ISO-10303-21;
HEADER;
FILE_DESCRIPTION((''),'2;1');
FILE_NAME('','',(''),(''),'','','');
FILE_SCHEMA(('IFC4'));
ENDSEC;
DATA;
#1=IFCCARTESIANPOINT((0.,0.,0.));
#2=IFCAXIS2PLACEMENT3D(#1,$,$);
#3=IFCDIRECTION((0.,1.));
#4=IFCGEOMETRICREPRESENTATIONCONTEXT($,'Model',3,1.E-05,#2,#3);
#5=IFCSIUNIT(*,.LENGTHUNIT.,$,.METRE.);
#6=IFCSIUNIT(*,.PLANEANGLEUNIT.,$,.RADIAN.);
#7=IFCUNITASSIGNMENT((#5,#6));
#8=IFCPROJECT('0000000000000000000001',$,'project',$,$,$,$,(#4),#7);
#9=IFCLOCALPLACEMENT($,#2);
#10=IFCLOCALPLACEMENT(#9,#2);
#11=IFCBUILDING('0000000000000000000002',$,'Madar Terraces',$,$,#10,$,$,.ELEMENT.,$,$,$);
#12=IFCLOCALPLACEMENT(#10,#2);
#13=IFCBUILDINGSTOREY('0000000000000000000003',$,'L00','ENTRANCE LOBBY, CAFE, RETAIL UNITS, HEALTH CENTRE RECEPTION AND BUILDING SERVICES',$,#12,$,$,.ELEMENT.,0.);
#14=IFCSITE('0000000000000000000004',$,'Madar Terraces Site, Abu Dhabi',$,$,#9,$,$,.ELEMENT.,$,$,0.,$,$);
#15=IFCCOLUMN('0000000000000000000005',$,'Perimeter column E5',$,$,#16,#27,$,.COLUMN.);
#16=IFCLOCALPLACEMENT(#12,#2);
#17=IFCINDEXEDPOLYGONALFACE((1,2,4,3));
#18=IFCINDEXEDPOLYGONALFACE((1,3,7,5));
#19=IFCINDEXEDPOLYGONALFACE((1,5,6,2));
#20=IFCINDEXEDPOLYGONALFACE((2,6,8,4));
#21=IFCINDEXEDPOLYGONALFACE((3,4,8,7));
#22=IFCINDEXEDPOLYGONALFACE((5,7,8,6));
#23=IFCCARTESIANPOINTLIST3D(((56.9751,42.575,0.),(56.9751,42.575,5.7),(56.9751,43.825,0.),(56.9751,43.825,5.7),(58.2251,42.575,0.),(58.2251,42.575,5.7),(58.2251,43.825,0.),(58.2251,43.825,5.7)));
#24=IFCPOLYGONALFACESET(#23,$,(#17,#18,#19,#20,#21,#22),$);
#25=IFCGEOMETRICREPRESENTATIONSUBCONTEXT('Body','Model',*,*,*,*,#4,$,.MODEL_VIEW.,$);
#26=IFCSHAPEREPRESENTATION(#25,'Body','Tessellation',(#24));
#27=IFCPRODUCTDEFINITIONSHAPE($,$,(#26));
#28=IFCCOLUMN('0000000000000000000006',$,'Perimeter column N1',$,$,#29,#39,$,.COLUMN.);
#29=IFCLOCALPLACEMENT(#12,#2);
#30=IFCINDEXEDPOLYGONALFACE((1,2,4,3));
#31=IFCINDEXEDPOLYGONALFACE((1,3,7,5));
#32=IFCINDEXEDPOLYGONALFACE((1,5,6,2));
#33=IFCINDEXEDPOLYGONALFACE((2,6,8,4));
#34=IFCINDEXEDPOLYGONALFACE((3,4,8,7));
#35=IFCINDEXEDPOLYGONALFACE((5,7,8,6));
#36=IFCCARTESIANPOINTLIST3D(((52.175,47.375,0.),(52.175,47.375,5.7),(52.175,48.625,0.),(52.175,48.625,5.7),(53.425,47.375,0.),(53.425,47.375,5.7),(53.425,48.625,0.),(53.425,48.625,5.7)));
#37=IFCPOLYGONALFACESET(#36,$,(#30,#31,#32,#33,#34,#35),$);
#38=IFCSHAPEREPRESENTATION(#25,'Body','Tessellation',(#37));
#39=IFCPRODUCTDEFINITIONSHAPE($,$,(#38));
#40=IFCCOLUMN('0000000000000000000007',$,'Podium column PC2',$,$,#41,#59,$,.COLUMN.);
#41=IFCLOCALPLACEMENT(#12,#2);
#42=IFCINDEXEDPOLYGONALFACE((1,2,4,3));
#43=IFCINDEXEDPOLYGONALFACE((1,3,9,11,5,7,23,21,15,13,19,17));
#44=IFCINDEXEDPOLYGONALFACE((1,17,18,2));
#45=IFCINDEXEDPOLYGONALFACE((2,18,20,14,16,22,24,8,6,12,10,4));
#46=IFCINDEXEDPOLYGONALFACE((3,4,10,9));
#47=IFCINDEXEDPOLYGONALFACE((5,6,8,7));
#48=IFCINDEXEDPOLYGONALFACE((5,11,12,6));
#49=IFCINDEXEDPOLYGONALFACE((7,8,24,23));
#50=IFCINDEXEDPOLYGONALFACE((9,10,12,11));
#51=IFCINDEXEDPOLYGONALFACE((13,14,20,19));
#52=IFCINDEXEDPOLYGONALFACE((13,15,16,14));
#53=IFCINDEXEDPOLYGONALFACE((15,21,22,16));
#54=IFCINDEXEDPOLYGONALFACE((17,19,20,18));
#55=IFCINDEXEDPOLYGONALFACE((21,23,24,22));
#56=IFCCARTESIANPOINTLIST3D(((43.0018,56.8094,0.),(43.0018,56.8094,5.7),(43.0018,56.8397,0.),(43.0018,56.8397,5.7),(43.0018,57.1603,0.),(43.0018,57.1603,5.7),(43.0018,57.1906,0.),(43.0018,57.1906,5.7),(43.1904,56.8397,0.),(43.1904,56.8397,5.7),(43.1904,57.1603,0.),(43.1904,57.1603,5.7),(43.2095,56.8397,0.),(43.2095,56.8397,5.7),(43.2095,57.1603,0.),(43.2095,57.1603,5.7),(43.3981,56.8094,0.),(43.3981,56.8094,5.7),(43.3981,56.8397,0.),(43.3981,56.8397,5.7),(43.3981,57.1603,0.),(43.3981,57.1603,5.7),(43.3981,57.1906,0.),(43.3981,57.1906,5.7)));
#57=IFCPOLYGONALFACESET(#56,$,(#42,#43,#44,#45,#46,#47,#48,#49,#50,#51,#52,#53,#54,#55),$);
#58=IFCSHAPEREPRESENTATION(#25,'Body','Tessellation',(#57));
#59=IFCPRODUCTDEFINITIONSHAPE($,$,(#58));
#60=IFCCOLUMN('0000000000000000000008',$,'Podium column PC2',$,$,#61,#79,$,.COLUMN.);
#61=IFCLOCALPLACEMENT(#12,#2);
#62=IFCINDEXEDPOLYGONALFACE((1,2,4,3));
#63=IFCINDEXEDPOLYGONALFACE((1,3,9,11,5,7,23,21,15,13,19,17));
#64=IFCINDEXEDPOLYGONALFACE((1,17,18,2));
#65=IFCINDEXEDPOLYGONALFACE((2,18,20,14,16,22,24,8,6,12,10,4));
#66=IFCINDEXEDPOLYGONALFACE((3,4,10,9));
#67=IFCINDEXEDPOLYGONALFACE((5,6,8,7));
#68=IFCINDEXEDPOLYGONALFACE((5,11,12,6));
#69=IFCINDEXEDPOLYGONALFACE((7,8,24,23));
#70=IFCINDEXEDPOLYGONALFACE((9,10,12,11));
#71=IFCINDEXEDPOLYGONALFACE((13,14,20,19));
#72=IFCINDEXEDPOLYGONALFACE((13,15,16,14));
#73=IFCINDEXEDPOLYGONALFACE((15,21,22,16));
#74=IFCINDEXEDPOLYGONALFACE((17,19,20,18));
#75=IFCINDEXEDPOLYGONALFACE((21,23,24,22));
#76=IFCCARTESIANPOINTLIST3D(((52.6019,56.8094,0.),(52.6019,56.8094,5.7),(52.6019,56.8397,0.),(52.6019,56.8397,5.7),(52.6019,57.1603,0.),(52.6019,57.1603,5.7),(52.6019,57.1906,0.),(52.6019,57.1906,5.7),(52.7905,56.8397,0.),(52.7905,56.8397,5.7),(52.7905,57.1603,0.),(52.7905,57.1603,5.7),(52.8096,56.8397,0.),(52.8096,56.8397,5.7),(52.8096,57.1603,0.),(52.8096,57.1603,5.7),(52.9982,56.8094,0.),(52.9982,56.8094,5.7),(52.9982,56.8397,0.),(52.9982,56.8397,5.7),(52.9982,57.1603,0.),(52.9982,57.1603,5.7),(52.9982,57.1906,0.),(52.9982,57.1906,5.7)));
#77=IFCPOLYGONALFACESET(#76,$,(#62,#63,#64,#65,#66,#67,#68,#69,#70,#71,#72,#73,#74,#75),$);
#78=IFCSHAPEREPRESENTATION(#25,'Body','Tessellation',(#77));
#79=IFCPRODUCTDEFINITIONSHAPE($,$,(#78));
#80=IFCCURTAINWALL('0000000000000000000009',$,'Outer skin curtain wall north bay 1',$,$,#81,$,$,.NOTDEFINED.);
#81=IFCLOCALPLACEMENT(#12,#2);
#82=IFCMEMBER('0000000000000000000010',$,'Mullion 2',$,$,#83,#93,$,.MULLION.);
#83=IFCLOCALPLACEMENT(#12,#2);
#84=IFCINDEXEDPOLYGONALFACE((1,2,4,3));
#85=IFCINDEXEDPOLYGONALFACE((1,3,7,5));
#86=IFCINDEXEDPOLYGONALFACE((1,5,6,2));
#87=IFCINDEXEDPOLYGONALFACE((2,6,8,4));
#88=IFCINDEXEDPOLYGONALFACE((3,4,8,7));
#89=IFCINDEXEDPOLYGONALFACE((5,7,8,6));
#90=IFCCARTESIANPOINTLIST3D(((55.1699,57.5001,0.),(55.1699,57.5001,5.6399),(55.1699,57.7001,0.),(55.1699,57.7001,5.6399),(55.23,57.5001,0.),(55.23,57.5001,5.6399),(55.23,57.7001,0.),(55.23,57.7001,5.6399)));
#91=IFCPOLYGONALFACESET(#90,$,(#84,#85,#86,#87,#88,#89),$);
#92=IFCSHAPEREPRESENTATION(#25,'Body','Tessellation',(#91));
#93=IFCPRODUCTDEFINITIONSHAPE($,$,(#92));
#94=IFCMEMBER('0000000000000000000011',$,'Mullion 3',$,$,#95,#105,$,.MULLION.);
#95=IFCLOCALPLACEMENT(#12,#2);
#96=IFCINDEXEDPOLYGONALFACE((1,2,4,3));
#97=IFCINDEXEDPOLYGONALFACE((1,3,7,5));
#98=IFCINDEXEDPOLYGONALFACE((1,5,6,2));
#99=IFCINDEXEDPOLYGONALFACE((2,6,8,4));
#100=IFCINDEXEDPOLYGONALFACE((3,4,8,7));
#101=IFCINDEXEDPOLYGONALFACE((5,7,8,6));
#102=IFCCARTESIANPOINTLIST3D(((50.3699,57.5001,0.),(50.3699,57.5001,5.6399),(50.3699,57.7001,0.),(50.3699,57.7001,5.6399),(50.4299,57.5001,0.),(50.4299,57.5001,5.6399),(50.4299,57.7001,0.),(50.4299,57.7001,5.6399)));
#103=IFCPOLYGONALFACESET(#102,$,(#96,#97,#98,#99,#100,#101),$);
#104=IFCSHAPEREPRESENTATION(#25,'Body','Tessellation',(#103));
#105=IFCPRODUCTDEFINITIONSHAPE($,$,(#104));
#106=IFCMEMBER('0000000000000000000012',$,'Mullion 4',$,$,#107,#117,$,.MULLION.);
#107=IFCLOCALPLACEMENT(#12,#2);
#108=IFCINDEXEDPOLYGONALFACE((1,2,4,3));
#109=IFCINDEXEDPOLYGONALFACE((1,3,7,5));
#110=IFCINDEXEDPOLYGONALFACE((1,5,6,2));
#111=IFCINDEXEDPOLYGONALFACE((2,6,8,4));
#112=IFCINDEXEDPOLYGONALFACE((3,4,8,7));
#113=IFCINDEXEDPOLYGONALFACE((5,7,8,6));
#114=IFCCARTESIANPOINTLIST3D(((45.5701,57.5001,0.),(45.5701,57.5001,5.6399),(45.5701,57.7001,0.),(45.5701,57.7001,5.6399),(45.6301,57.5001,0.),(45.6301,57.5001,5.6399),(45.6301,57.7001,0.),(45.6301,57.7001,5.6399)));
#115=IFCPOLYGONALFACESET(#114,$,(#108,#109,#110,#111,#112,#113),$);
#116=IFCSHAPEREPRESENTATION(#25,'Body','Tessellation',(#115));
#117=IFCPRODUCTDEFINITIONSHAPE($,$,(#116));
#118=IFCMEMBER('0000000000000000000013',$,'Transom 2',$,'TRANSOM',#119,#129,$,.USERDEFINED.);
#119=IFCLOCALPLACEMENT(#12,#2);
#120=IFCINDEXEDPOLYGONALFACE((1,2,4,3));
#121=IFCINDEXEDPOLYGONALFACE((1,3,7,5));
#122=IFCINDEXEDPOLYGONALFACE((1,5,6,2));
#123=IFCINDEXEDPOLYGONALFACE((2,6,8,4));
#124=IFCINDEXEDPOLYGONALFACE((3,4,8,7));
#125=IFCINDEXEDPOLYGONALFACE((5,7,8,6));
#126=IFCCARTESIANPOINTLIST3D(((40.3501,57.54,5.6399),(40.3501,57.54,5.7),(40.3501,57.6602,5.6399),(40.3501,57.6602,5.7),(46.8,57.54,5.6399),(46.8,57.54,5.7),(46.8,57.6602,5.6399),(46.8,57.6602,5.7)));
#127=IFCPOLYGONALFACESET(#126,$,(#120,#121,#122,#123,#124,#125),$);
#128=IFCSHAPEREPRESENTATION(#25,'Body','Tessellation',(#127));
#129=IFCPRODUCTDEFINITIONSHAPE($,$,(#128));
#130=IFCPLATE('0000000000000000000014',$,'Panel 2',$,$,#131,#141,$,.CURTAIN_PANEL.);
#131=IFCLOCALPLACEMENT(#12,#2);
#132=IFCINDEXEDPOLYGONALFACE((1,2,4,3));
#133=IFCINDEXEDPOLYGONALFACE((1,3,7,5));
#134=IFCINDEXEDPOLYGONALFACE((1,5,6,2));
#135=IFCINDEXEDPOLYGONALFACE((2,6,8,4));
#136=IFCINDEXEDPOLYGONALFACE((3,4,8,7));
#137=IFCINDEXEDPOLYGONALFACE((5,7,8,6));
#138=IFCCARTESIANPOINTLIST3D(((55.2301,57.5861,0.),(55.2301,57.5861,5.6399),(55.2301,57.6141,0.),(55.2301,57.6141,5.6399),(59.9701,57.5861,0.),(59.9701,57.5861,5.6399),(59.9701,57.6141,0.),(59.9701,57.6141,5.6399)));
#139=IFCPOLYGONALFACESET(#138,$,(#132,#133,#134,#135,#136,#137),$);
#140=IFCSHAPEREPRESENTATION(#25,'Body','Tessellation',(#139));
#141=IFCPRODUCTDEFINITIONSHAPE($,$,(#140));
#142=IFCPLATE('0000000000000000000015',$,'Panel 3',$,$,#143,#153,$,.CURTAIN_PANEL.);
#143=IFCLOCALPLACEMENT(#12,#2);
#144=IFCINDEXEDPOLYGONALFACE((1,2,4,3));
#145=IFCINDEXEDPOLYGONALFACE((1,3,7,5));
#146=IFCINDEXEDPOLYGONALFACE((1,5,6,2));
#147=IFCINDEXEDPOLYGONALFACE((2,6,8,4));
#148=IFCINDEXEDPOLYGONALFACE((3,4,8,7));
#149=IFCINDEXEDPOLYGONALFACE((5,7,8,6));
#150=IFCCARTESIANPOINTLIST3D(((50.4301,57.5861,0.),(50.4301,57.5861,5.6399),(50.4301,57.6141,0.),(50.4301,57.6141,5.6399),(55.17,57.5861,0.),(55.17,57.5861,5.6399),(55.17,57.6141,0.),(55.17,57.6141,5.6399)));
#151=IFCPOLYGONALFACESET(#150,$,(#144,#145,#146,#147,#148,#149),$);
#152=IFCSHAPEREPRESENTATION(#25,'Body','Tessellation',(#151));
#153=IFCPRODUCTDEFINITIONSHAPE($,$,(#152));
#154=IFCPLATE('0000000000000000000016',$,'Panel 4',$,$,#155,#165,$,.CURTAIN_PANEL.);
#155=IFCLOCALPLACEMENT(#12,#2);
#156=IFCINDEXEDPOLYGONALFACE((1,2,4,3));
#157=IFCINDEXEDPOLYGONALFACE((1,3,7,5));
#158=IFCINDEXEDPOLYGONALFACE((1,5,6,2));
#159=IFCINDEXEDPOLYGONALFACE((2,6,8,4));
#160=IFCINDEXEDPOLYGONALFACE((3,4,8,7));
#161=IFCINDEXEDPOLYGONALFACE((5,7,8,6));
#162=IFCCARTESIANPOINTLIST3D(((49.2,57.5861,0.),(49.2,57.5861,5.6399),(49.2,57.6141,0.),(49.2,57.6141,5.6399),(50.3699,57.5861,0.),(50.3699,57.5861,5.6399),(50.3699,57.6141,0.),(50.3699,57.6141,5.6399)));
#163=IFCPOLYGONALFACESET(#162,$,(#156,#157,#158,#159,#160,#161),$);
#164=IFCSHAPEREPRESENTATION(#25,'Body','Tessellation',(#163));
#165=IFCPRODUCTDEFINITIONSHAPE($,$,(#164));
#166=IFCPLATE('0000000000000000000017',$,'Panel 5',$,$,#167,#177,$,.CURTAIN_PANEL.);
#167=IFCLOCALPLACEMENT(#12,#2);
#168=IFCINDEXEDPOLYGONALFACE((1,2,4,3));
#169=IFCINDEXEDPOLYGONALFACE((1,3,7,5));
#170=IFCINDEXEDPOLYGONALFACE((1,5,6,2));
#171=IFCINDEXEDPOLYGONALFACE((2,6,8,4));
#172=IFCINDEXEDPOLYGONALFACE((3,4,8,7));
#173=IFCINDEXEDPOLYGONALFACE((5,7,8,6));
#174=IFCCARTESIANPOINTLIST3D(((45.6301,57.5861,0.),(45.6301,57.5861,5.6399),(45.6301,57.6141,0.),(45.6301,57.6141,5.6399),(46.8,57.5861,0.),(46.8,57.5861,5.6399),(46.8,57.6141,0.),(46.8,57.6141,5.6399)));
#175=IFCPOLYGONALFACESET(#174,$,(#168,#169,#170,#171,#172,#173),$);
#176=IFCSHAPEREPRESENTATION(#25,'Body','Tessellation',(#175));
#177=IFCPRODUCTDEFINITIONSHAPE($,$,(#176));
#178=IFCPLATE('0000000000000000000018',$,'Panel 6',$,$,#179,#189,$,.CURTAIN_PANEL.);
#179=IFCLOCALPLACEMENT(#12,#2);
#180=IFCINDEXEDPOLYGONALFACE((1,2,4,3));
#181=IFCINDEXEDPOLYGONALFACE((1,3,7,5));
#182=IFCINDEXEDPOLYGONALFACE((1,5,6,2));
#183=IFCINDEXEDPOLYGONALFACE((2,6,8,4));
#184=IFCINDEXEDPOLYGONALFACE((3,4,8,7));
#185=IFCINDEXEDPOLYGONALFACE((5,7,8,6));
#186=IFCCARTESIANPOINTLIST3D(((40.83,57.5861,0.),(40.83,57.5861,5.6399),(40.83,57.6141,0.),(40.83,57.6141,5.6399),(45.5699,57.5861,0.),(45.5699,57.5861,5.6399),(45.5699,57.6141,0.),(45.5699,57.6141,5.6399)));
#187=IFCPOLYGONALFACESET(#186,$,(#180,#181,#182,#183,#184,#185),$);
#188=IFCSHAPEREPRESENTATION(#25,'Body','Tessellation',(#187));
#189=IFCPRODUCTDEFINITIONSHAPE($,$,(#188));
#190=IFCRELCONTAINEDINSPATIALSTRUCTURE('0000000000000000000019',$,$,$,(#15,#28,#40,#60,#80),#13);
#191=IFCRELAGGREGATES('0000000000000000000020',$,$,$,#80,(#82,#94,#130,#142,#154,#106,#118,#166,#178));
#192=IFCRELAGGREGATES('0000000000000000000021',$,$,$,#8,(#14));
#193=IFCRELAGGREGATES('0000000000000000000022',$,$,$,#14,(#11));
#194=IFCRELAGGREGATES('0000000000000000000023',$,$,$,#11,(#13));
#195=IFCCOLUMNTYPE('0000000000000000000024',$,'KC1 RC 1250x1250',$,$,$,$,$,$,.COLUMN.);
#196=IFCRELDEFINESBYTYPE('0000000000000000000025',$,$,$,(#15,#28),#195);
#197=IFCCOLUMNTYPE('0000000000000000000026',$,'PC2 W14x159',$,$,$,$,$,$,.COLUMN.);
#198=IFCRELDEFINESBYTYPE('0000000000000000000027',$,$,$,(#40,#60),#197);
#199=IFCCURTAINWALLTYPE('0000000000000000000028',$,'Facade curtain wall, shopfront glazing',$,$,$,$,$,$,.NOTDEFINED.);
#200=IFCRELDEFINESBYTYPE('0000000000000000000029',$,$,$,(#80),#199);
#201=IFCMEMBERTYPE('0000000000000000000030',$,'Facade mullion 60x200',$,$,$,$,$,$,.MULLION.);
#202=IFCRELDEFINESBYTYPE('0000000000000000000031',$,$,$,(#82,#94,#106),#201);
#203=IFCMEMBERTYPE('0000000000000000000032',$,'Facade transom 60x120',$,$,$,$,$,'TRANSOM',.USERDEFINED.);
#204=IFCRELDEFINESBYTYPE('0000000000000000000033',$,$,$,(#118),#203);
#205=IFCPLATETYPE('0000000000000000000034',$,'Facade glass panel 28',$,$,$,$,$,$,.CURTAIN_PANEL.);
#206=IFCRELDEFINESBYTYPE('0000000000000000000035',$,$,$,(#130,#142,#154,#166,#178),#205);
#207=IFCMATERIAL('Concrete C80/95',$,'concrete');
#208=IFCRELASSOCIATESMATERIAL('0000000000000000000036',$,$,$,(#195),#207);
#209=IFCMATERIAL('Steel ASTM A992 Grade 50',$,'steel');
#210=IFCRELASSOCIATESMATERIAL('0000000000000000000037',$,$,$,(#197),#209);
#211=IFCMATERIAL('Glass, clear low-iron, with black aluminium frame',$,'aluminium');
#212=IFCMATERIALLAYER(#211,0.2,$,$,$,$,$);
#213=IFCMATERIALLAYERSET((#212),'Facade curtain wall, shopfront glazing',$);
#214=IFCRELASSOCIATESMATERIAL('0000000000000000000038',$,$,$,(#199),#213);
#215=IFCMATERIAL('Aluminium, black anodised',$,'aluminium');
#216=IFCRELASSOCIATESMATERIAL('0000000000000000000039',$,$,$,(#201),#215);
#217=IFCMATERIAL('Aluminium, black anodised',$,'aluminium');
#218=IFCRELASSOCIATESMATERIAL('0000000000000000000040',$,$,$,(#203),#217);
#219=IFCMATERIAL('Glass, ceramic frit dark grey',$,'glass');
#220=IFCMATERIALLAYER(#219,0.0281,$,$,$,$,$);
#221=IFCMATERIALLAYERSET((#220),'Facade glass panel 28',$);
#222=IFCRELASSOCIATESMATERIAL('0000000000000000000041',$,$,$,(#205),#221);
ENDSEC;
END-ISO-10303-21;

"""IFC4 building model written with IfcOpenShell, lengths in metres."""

from ifc_helpers import new_model, si_unit, direction, frame, origin, origin_2d, place, context, subcontext, project, spatial, rectangle, i_section, extrude, material, layer, layer_set, material_profile, profile_set, type_object, element, aggregate, save


model = new_model("IFC4")

# Units and contexts
model_context = context("Model", 3, precision=1e-05, world=origin(), true_north=direction((0.0, 1.0)))
body_context = subcontext(model_context, "Body", "Model", "MODEL_VIEW")
ifc_project = project(units=[si_unit("LENGTHUNIT", "METRE"), si_unit("PLANEANGLEUNIT", "RADIAN")], contexts=[model_context])

# Site, building, storey
site_placement = place(None, origin())
site = spatial("IfcSite", under=ifc_project, at=site_placement, Name="Madar Terraces Site, Abu Dhabi", CompositionType="ELEMENT", RefElevation=0.0)
building_placement = place(site_placement, origin())
building = spatial("IfcBuilding", under=site, at=building_placement, Name="Madar Terraces", CompositionType="ELEMENT")
storey_placement = place(building_placement, origin())
storey = spatial("IfcBuildingStorey", under=building, at=storey_placement, Name="L00", Description="ENTRANCE LOBBY, CAFE, RETAIL UNITS, HEALTH CENTRE RECEPTION AND BUILDING SERVICES", CompositionType="ELEMENT", Elevation=0.0)

# Columns
ifc_material_1 = material(Name="Concrete C80/95", Category="concrete")
ifc_material_profile_1 = material_profile(ifc_material_1, rectangle(XDim=1.25, YDim=1.25, at=origin_2d()), Name="KC1 RC 1250x1250")
ifc_profile_set_1 = profile_set([ifc_material_profile_1], Name="Concrete C80/95")
column_type_1 = type_object("IfcColumnType", Name="KC1 RC 1250x1250", PredefinedType="COLUMN", material=ifc_profile_set_1)
for number, where, z_axis, x_axis, name in (
    (1, (57.6001, 43.2, 0.0), (0.0, 0.0, 1.0), (1.0, 0.0, 0.0), "Perimeter column E5"),
    (2, (52.8, 48.0, 0.0), (0.0, 0.0, 1.0), (1.0, 0.0, 0.0), "Perimeter column N1"),
):
    element("IfcColumn", number, at=place(storey_placement, frame(where, z_axis=z_axis, x_axis=x_axis)), inside=storey, type_object=column_type_1, Name=name, PredefinedType="COLUMN", context=body_context, shape_type="SweptSolid", body=[
        extrude(rectangle(XDim=1.25, YDim=1.25, at=origin_2d()), origin(), (0.0, 0.0, 1.0), 5.7),
    ])
ifc_material_2 = material(Name="Steel ASTM A992 Grade 50", Category="steel")
ifc_material_profile_2 = material_profile(ifc_material_2, i_section(OverallWidth=0.3962, OverallDepth=0.3811, WebThickness=0.019, FlangeThickness=0.0303, at=origin_2d()), Name="W14x159")
ifc_profile_set_2 = profile_set([ifc_material_profile_2], Name="Steel ASTM A992 Grade 50")
column_type_2 = type_object("IfcColumnType", Name="PC2 W14x159", PredefinedType="COLUMN", material=ifc_profile_set_2)
for number, where, z_axis, x_axis, name in (
    (3, (43.2, 57.0, 0.0), (0.0, 0.0, 1.0), (1.0, 0.0, 0.0), "Podium column PC2"),
    (4, (52.8, 57.0, 0.0), (0.0, 0.0, 1.0), (1.0, 0.0, 0.0), "Podium column PC2"),
):
    element("IfcColumn", number, at=place(storey_placement, frame(where, z_axis=z_axis, x_axis=x_axis)), inside=storey, type_object=column_type_2, Name=name, PredefinedType="COLUMN", context=body_context, shape_type="SweptSolid", body=[
        extrude(i_section(OverallWidth=0.3962, OverallDepth=0.3811, WebThickness=0.019, FlangeThickness=0.0303, at=origin_2d()), origin(), (0.0, 0.0, 1.0), 5.7),
    ])

# Curtain wall, members, plates
ifc_material_3 = material(Name="Glass, clear low-iron, with black aluminium frame", Category="aluminium")
ifc_layer_1 = layer(ifc_material_3, 0.2)
ifc_layer_set_1 = layer_set([ifc_layer_1], Name="Facade curtain wall, shopfront glazing")
curtain_wall_type = type_object("IfcCurtainWallType", Name="Facade curtain wall, shopfront glazing", PredefinedType="NOTDEFINED", material=ifc_layer_set_1)
curtain_wall_placement = place(storey_placement, origin())
curtain_wall = element("IfcCurtainWall", 5, at=curtain_wall_placement, inside=storey, type_object=curtain_wall_type, Name="Outer skin curtain wall north bay 1", PredefinedType="NOTDEFINED")
ifc_material_4 = material(Name="Aluminium, black anodised", Category="aluminium")
ifc_material_profile_3 = material_profile(ifc_material_4, rectangle(XDim=0.2, YDim=0.0601, at=origin_2d()), Name="Facade mullion 60x200")
ifc_profile_set_3 = profile_set([ifc_material_profile_3], Name="Aluminium, black anodised")
member_type_1 = type_object("IfcMemberType", Name="Facade mullion 60x200", PredefinedType="MULLION", material=ifc_profile_set_3)
member_1_placement = place(storey_placement, frame((55.2, 57.6001, 0.0), z_axis=(0.0, 0.0, 1.0), x_axis=(0.0, -1.0, 0.0)))
member_1 = element("IfcMember", 6, at=member_1_placement, type_object=member_type_1, Name="Mullion 2", PredefinedType="MULLION", context=body_context, shape_type="SweptSolid", body=[
    extrude(rectangle(XDim=0.2, YDim=0.0601, at=origin_2d()), origin(), (0.0, 0.0, 1.0), 5.6399),
])
member_2_placement = place(storey_placement, frame((50.3999, 57.6001, 0.0), z_axis=(0.0, 0.0, 1.0), x_axis=(0.0, -1.0, 0.0)))
member_2 = element("IfcMember", 7, at=member_2_placement, type_object=member_type_1, Name="Mullion 3", PredefinedType="MULLION", context=body_context, shape_type="SweptSolid", body=[
    extrude(rectangle(XDim=0.2, YDim=0.0601, at=origin_2d()), origin(), (0.0, 0.0, 1.0), 5.6399),
])
member_3_placement = place(storey_placement, frame((45.6001, 57.6001, 0.0), z_axis=(0.0, 0.0, 1.0), x_axis=(0.0, -1.0, 0.0)))
member_3 = element("IfcMember", 8, at=member_3_placement, type_object=member_type_1, Name="Mullion 4", PredefinedType="MULLION", context=body_context, shape_type="SweptSolid", body=[
    extrude(rectangle(XDim=0.2, YDim=0.0601, at=origin_2d()), origin(), (0.0, 0.0, 1.0), 5.6399),
])
ifc_material_5 = material(Name="Aluminium, black anodised", Category="aluminium")
ifc_material_profile_4 = material_profile(ifc_material_5, rectangle(XDim=0.1201, YDim=0.0601, at=origin_2d()), Name="Facade transom 60x120")
ifc_profile_set_4 = profile_set([ifc_material_profile_4], Name="Aluminium, black anodised")
member_type_2 = type_object("IfcMemberType", Name="Facade transom 60x120", ElementType="TRANSOM", PredefinedType="USERDEFINED", material=ifc_profile_set_4)
member_4_placement = place(storey_placement, frame((46.8, 57.6001, 5.6699), z_axis=(-1.0, 0.0, 0.0), x_axis=(0.0, -1.0, 0.0)))
member_4 = element("IfcMember", 9, at=member_4_placement, type_object=member_type_2, Name="Transom 2", ObjectType="TRANSOM", PredefinedType="USERDEFINED", context=body_context, shape_type="SweptSolid", body=[
    extrude(rectangle(XDim=0.1201, YDim=0.0601, at=origin_2d()), origin(), (0.0, 0.0, 1.0), 6.45),
])
ifc_material_6 = material(Name="Glass, ceramic frit dark grey", Category="glass")
ifc_layer_2 = layer(ifc_material_6, 0.0281)
ifc_layer_set_2 = layer_set([ifc_layer_2], Name="Facade glass panel 28")
plate_type = type_object("IfcPlateType", Name="Facade glass panel 28", PredefinedType="CURTAIN_PANEL", material=ifc_layer_set_2)
plate_1_placement = place(storey_placement, frame((57.6001, 57.6001, 0.0), z_axis=(0.0, 0.0, 1.0), x_axis=(-1.0, 0.0, 0.0)))
plate_1 = element("IfcPlate", 10, at=plate_1_placement, type_object=plate_type, Name="Panel 2", PredefinedType="CURTAIN_PANEL", context=body_context, shape_type="SweptSolid", body=[
    extrude(rectangle(XDim=4.74, YDim=0.0281, at=origin_2d()), origin(), (0.0, 0.0, 1.0), 5.6399),
])
plate_2_placement = place(storey_placement, frame((52.8, 57.6001, 0.0), z_axis=(0.0, 0.0, 1.0), x_axis=(-1.0, 0.0, 0.0)))
plate_2 = element("IfcPlate", 11, at=plate_2_placement, type_object=plate_type, Name="Panel 3", PredefinedType="CURTAIN_PANEL", context=body_context, shape_type="SweptSolid", body=[
    extrude(rectangle(XDim=4.74, YDim=0.0281, at=origin_2d()), origin(), (0.0, 0.0, 1.0), 5.6399),
])
plate_3_placement = place(storey_placement, frame((49.7849, 57.6001, 0.0), z_axis=(0.0, 0.0, 1.0), x_axis=(-1.0, 0.0, 0.0)))
plate_3 = element("IfcPlate", 12, at=plate_3_placement, type_object=plate_type, Name="Panel 4", PredefinedType="CURTAIN_PANEL", context=body_context, shape_type="SweptSolid", body=[
    extrude(rectangle(XDim=1.1699, YDim=0.0281, at=origin_2d()), origin(), (0.0, 0.0, 1.0), 5.6399),
])
plate_4_placement = place(storey_placement, frame((46.2151, 57.6001, 0.0), z_axis=(0.0, 0.0, 1.0), x_axis=(-1.0, 0.0, 0.0)))
plate_4 = element("IfcPlate", 13, at=plate_4_placement, type_object=plate_type, Name="Panel 5", PredefinedType="CURTAIN_PANEL", context=body_context, shape_type="SweptSolid", body=[
    extrude(rectangle(XDim=1.1699, YDim=0.0281, at=origin_2d()), origin(), (0.0, 0.0, 1.0), 5.6399),
])
plate_5_placement = place(storey_placement, frame((43.2, 57.6001, 0.0), z_axis=(0.0, 0.0, 1.0), x_axis=(-1.0, 0.0, 0.0)))
plate_5 = element("IfcPlate", 14, at=plate_5_placement, type_object=plate_type, Name="Panel 6", PredefinedType="CURTAIN_PANEL", context=body_context, shape_type="SweptSolid", body=[
    extrude(rectangle(XDim=4.74, YDim=0.0281, at=origin_2d()), origin(), (0.0, 0.0, 1.0), 5.6399),
])
aggregate(curtain_wall, [member_1, member_2, plate_1, plate_2, plate_3, member_3, member_4, plate_4, plate_5])

save(model, "model.ifc")
